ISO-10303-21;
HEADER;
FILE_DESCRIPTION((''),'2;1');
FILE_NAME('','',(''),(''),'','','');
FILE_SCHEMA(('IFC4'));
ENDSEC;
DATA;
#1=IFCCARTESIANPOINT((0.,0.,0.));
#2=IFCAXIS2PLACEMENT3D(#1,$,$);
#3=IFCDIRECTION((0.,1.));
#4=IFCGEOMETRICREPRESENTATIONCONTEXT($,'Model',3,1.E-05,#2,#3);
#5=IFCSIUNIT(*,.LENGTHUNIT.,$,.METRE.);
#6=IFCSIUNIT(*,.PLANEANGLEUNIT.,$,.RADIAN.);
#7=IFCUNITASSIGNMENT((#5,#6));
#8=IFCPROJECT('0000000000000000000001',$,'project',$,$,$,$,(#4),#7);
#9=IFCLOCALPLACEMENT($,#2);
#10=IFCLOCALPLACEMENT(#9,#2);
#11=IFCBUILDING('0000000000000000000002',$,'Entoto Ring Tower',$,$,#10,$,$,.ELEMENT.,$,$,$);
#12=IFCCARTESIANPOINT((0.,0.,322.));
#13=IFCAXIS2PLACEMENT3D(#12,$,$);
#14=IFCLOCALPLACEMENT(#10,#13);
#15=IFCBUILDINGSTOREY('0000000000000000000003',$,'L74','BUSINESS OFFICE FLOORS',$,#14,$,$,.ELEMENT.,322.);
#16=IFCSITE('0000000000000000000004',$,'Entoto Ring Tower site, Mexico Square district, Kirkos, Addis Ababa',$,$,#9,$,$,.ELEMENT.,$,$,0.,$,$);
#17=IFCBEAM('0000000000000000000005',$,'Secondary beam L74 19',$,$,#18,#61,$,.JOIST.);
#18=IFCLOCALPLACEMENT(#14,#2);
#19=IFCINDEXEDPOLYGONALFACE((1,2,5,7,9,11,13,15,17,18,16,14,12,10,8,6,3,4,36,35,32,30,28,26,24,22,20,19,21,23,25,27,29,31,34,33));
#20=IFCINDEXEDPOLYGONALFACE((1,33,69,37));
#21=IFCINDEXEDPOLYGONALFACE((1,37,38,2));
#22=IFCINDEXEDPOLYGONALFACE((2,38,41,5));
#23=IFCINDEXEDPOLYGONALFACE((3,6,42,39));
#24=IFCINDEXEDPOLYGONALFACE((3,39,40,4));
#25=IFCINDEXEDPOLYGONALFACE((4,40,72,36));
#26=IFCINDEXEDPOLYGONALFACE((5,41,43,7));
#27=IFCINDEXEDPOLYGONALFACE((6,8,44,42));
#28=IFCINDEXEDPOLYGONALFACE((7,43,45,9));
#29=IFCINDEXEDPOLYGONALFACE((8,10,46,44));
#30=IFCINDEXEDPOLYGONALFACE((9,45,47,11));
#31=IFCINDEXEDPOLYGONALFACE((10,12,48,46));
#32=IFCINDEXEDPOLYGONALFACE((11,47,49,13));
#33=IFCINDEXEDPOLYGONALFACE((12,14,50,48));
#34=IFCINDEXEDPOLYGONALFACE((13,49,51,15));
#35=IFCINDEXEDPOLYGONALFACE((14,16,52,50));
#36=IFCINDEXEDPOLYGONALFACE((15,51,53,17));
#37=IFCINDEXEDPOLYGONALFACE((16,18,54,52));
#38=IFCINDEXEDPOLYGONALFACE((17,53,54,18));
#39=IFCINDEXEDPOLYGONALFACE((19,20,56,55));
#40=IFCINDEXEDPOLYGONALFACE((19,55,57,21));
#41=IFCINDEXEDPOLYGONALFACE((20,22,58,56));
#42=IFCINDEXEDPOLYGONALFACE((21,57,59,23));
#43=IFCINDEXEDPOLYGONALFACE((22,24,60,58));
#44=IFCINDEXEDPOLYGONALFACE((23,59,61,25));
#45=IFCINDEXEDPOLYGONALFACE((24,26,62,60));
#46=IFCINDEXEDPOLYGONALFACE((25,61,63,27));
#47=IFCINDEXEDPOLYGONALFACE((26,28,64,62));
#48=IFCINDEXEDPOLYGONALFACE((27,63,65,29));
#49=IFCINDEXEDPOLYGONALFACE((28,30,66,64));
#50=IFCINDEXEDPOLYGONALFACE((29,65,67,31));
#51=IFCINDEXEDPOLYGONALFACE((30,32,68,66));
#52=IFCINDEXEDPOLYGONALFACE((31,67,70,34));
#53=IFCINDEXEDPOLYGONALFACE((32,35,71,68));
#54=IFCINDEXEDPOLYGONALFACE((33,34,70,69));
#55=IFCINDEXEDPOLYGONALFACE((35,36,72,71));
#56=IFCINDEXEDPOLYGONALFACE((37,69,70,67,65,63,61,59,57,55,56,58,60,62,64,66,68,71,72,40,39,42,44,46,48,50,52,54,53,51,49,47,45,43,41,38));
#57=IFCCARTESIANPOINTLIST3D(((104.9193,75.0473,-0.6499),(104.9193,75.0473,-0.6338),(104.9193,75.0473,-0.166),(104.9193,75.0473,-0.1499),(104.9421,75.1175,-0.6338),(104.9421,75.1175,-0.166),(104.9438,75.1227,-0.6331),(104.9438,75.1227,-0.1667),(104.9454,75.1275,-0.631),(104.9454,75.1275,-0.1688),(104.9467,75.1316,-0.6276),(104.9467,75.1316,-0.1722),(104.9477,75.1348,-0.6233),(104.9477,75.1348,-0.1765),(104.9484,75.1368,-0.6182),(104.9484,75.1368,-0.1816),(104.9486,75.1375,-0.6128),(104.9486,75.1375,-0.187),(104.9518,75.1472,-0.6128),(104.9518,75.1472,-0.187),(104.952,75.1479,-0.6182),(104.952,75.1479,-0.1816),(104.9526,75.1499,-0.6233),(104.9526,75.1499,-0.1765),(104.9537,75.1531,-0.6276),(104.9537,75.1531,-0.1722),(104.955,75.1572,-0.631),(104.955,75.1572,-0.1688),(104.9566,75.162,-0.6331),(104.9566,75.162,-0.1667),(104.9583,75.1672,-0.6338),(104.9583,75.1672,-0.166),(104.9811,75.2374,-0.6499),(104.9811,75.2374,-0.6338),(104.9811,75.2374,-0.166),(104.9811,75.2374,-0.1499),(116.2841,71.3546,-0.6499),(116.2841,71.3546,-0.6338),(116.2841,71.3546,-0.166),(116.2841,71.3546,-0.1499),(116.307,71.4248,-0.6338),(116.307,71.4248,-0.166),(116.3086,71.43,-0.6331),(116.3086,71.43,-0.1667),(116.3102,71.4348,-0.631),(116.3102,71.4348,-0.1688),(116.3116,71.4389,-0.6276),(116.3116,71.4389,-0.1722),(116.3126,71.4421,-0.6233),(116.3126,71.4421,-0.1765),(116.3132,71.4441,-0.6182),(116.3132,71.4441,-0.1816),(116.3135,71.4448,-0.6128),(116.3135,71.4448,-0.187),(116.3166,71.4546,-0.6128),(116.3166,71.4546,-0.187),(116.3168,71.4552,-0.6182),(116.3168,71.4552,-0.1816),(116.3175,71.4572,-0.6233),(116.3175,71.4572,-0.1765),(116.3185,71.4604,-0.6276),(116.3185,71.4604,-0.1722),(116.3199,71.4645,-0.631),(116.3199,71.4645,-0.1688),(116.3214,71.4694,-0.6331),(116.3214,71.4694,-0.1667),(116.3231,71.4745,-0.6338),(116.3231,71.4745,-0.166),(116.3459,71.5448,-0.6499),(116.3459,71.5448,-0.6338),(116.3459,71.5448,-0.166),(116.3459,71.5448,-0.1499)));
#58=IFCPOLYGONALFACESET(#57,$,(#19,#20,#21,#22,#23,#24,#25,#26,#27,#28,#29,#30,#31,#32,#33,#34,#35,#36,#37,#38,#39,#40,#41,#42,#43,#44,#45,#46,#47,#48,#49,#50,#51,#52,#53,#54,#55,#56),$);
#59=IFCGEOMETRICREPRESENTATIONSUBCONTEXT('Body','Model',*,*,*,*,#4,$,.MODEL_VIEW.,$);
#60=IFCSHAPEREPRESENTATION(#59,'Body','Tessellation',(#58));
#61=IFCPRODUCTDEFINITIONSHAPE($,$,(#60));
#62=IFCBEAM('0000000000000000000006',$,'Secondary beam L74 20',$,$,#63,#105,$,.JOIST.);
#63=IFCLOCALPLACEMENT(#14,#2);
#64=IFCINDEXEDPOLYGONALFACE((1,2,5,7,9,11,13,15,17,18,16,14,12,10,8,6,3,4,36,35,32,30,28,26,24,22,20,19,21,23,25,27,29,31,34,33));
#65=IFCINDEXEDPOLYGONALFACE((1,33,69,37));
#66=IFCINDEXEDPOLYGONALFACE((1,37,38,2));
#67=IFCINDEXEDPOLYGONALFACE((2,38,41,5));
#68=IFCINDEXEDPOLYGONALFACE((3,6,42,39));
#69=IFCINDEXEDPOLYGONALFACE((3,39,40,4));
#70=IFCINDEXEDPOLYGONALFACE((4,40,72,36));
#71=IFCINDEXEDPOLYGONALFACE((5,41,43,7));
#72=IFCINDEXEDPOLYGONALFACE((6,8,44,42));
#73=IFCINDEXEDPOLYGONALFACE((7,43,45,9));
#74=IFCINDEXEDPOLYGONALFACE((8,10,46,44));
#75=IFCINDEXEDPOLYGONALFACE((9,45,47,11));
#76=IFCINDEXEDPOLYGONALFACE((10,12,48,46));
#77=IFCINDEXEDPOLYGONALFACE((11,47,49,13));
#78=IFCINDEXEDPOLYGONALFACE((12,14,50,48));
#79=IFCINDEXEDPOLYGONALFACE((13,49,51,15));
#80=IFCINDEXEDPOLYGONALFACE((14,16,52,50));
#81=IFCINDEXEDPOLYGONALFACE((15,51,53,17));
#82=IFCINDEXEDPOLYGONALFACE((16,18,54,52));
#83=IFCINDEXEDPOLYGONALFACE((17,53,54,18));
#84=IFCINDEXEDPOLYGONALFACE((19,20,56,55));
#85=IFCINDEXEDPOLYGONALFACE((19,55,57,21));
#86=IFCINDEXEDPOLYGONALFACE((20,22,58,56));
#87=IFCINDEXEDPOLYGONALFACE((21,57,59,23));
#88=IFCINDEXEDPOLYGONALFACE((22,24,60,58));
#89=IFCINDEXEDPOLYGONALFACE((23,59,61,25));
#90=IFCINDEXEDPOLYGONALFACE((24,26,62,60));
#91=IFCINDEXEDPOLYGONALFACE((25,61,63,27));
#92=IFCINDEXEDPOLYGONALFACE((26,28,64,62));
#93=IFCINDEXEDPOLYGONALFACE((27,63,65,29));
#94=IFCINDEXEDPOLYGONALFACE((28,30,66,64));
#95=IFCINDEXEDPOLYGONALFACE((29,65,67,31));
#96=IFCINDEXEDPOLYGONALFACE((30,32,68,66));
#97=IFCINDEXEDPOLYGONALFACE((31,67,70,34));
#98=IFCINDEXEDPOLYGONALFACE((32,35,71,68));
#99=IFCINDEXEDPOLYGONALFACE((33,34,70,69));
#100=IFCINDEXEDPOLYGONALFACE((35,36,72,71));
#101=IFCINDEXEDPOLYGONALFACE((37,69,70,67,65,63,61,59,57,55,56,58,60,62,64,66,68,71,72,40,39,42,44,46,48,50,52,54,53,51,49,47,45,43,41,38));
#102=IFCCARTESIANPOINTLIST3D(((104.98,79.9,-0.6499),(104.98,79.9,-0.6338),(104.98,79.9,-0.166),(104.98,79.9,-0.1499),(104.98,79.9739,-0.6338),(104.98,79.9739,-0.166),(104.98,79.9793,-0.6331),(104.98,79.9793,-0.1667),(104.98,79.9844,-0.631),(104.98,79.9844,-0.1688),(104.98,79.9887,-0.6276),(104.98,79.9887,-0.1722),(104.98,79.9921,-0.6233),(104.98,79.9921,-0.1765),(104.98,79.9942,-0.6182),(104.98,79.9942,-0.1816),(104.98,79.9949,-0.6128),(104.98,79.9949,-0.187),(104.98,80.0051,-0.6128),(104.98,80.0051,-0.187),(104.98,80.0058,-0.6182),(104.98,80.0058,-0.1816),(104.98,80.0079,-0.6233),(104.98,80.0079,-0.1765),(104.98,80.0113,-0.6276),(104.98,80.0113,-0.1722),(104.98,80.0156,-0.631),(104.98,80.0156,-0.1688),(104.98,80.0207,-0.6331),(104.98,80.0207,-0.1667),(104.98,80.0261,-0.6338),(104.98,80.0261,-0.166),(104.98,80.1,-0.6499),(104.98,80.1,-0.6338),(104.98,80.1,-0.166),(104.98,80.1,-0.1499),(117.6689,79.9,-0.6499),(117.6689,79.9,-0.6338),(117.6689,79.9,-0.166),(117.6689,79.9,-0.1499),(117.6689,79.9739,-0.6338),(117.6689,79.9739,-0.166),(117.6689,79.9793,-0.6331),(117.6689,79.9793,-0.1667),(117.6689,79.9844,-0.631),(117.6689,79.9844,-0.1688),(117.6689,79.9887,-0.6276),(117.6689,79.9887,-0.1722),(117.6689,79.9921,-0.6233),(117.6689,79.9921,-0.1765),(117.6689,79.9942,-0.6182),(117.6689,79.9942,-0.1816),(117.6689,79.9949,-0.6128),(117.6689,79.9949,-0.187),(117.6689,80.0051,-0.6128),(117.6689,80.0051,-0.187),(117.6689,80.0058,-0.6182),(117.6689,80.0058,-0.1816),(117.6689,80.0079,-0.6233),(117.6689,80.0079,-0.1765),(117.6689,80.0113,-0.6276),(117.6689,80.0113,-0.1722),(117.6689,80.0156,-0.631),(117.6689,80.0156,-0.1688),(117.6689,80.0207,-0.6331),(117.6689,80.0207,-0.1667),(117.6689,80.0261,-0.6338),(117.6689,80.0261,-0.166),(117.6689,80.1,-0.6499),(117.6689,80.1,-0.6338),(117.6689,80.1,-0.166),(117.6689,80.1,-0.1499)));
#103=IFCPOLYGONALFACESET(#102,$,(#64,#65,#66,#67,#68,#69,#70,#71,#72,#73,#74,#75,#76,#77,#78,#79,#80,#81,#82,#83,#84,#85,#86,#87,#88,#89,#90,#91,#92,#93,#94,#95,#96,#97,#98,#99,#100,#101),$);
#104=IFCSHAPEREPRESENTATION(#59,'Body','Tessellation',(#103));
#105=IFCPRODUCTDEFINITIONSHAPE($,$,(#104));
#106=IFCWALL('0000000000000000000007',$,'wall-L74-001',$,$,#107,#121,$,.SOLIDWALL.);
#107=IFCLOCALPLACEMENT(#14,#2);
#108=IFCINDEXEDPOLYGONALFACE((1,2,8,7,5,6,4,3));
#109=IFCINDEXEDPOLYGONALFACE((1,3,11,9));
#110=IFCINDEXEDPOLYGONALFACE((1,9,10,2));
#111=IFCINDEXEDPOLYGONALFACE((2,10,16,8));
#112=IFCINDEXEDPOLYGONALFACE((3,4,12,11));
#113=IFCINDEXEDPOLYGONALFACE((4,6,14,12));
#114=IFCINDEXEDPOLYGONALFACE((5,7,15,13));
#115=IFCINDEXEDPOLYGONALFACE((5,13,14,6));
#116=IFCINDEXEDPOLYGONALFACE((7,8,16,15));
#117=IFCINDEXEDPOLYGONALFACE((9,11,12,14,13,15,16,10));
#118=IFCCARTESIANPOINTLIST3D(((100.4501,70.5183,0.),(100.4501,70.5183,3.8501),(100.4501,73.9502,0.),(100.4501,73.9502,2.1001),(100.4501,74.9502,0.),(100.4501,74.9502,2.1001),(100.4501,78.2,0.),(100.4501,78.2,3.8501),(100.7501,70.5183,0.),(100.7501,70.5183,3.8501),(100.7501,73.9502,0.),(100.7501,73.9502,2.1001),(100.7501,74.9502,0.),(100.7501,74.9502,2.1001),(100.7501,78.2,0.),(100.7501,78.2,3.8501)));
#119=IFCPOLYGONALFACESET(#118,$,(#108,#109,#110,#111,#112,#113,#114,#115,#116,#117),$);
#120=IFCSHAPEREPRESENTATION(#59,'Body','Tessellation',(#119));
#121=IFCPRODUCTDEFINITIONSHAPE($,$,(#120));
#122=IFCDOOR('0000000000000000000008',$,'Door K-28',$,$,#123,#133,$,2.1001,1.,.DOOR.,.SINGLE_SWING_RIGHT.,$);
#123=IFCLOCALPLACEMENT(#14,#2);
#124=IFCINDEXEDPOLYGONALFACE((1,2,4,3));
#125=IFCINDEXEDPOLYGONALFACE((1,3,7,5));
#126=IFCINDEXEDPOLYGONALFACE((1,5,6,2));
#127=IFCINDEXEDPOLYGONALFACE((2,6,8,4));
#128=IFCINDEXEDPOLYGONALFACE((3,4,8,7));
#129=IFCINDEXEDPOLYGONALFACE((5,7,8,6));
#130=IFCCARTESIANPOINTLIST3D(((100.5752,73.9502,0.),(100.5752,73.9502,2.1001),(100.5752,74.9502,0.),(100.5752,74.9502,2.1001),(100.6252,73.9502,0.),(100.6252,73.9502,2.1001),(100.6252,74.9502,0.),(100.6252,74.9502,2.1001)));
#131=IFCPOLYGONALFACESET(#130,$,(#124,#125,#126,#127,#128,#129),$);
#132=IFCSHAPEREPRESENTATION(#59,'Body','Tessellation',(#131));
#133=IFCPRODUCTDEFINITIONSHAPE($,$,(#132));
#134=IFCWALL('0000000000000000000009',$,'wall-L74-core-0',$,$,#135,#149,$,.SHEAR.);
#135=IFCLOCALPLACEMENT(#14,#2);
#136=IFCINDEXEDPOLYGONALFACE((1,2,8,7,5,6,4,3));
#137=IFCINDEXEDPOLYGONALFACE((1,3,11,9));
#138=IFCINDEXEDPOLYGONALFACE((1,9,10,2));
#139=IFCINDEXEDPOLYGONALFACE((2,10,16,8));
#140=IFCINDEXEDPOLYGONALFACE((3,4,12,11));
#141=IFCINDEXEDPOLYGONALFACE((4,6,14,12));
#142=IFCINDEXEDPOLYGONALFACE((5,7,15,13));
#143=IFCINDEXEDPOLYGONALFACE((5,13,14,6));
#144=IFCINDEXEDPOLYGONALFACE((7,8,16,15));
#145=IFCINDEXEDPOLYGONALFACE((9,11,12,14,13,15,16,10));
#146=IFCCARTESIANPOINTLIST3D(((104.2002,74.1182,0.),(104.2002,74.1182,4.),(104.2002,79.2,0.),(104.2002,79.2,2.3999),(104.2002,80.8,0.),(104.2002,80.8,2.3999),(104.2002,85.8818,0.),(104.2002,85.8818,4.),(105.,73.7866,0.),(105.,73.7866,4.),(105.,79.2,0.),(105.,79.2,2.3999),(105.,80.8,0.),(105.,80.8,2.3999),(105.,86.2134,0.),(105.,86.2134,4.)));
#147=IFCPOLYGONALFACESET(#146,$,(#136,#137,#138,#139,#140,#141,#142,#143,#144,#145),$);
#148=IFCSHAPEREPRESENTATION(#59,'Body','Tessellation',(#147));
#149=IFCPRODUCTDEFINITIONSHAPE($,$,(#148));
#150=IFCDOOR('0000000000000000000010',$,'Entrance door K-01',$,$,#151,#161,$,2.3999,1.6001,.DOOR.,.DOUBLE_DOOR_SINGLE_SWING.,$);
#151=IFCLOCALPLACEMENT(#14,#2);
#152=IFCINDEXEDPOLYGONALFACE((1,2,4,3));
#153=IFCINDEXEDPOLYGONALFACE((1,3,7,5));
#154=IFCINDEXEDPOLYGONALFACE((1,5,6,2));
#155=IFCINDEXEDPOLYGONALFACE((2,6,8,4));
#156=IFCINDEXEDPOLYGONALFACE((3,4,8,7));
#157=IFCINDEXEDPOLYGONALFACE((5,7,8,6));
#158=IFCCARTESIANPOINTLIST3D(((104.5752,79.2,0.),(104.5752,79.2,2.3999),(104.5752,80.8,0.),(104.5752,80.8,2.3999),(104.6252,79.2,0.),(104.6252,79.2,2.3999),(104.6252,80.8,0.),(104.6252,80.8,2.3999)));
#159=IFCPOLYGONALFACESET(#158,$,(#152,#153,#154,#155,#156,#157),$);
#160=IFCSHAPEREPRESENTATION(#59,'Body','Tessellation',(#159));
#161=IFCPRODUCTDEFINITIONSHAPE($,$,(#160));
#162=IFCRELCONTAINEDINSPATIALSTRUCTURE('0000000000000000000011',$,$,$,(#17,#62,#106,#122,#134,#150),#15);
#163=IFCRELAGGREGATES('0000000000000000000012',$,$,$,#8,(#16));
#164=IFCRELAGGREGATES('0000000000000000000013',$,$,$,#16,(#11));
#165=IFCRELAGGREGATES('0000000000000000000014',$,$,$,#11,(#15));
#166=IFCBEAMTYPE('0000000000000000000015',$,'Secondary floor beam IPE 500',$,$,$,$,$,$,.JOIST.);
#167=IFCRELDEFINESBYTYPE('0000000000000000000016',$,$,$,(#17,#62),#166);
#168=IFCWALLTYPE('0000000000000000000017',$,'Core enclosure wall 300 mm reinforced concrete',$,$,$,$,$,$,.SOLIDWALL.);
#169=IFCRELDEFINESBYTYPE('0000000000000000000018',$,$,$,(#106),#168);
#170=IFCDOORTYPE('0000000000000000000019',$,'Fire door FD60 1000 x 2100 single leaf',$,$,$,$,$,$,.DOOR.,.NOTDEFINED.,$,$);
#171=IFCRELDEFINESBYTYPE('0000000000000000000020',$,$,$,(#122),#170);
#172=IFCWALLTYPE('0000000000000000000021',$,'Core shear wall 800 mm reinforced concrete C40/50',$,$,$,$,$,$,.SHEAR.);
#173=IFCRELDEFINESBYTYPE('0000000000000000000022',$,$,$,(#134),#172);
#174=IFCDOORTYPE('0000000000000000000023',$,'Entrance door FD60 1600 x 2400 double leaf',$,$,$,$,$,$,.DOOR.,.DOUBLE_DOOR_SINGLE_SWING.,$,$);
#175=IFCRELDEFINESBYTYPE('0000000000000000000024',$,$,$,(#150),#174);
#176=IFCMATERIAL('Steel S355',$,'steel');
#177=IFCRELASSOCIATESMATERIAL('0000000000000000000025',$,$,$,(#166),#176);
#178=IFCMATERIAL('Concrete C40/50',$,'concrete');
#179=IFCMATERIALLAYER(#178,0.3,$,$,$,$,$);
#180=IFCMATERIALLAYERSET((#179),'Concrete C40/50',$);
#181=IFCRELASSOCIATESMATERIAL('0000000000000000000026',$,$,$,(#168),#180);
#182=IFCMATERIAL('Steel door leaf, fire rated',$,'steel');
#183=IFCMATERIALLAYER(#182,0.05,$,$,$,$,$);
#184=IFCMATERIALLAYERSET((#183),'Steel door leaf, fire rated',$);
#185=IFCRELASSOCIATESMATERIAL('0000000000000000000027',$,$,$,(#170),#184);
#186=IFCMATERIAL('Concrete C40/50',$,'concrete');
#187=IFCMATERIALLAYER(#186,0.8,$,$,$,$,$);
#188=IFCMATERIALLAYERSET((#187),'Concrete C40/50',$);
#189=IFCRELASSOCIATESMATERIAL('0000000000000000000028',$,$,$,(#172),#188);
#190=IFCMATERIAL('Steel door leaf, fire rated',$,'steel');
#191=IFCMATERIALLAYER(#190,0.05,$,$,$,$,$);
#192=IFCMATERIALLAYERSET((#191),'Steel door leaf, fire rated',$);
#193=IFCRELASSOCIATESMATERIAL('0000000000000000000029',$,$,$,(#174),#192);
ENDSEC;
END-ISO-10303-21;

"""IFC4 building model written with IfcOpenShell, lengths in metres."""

from ifc_helpers import new_model, si_unit, direction, frame, frame_2d, origin, origin_2d, place, context, subcontext, project, spatial, polyline, rectangle, i_section, outline, extrude, material, layer, layer_set, material_profile, profile_set, type_object, element, fill, save


model = new_model("IFC4")

# Units and contexts
model_context = context("Model", 3, precision=1e-05, world=origin(), true_north=direction((0.0, 1.0)))
body_context = subcontext(model_context, "Body", "Model", "MODEL_VIEW")
ifc_project = project(units=[si_unit("LENGTHUNIT", "METRE"), si_unit("PLANEANGLEUNIT", "RADIAN")], contexts=[model_context])

# Site, building, storey
site_placement = place(None, origin())
site = spatial("IfcSite", under=ifc_project, at=site_placement, Name="Entoto Ring Tower site, Mexico Square district, Kirkos, Addis Ababa", CompositionType="ELEMENT", RefElevation=0.0)
building_placement = place(site_placement, origin())
building = spatial("IfcBuilding", under=site, at=building_placement, Name="Entoto Ring Tower", CompositionType="ELEMENT")
storey_placement = place(building_placement, frame((0.0, 0.0, 322.0)))
storey = spatial("IfcBuildingStorey", under=building, at=storey_placement, Name="L74", Description="BUSINESS OFFICE FLOORS", CompositionType="ELEMENT", Elevation=322.0)

# Beams
ifc_material_1 = material(Name="Steel S355", Category="steel")
ifc_material_profile_1 = material_profile(ifc_material_1, i_section(OverallWidth=0.2, OverallDepth=0.5, WebThickness=0.0103, FlangeThickness=0.0161, FilletRadius=0.021, at=origin_2d()), Name="IPE 500")
ifc_profile_set_1 = profile_set([ifc_material_profile_1], Name="Steel S355")
beam_type_1 = type_object("IfcBeamType", Name="Secondary floor beam IPE 500", PredefinedType="JOIST", material=ifc_profile_set_1)
beam_1_placement = place(storey_placement, frame((104.9502, 75.1423, -0.3999), z_axis=(0.951057, -0.309017, 0.0), x_axis=(0.309017, 0.951057, 0.0)))
element("IfcBeam", 1, at=beam_1_placement, inside=storey, type_object=beam_type_1, Name="Secondary beam L74 19", PredefinedType="JOIST", context=body_context, shape_type="SweptSolid", body=[
    extrude(i_section(OverallWidth=0.2, OverallDepth=0.5, WebThickness=0.0103, FlangeThickness=0.0161, FilletRadius=0.021, at=origin_2d()), origin(), (0.0, 0.0, 1.0), 11.9497),
])
beam_2_placement = place(storey_placement, frame((104.98, 80.0, -0.3999), z_axis=(1.0, 0.0, 0.0), x_axis=(0.0, 1.0, 0.0)))
element("IfcBeam", 2, at=beam_2_placement, inside=storey, type_object=beam_type_1, Name="Secondary beam L74 20", PredefinedType="JOIST", context=body_context, shape_type="SweptSolid", body=[
    extrude(i_section(OverallWidth=0.2, OverallDepth=0.5, WebThickness=0.0103, FlangeThickness=0.0161, FilletRadius=0.021, at=origin_2d()), origin(), (0.0, 0.0, 1.0), 12.689),
])

# Walls, openings, doors
ifc_material_2 = material(Name="Concrete C40/50", Category="concrete")
ifc_layer_1 = layer(ifc_material_2, 0.3)
ifc_layer_set_1 = layer_set([ifc_layer_1], Name="Concrete C40/50")
wall_type_1 = type_object("IfcWallType", Name="Core enclosure wall 300 mm reinforced concrete", PredefinedType="SOLIDWALL", material=ifc_layer_set_1)
wall_1_placement = place(storey_placement, frame((100.6001, 70.5183, 0.0), z_axis=(0.0, 0.0, 1.0), x_axis=(0.0, 1.0, 0.0)))
wall_1 = element("IfcWall", 3, at=wall_1_placement, inside=storey, type_object=wall_type_1, Name="wall-L74-001", PredefinedType="SOLIDWALL", context=body_context, shape_type="SweptSolid", body=[
    extrude(rectangle(XDim=7.6816, YDim=0.3, at=frame_2d((3.8408, 0.0))), origin(), (0.0, 0.0, 1.0), 3.8501),
])
opening_1_placement = place(wall_1_placement, frame((3.4319, 0.0, 0.0)))
opening_1 = element("IfcOpeningElement", 4, at=opening_1_placement, cuts=wall_1, PredefinedType="OPENING", context=body_context, shape_type="SweptSolid", body=[
    extrude(rectangle(XDim=1.0, YDim=2.1001, at=frame_2d((0.5, 1.05))), frame((0.0, 0.1602, 0.0), z_axis=(0.0, -1.0, 0.0), x_axis=(1.0, 0.0, 0.0)), (0.0, 0.0, 1.0), 0.3201),
])
ifc_material_3 = material(Name="Steel door leaf, fire rated", Category="steel")
ifc_layer_2 = layer(ifc_material_3, 0.05)
ifc_layer_set_2 = layer_set([ifc_layer_2], Name="Steel door leaf, fire rated")
door_type_1 = type_object("IfcDoorType", Name="Fire door FD60 1000 x 2100 single leaf", OperationType="NOTDEFINED", PredefinedType="DOOR", material=ifc_layer_set_2)
door_1_placement = place(opening_1_placement, origin())
door_1 = element("IfcDoor", 5, at=door_1_placement, inside=storey, type_object=door_type_1, Name="Door K-28", OperationType="SINGLE_SWING_RIGHT", OverallHeight=2.1001, OverallWidth=1.0, PredefinedType="DOOR", context=body_context, shape_type="SweptSolid", body=[
    extrude(rectangle(XDim=1.0, YDim=2.1001, at=frame_2d((0.5, 1.05))), frame((0.0, 0.0249, 0.0), z_axis=(0.0, -1.0, 0.0), x_axis=(1.0, 0.0, 0.0)), (0.0, 0.0, 1.0), 0.05),
])
fill(opening_1, door_1)
ifc_material_4 = material(Name="Concrete C40/50", Category="concrete")
ifc_layer_3 = layer(ifc_material_4, 0.8)
ifc_layer_set_3 = layer_set([ifc_layer_3], Name="Concrete C40/50")
wall_type_2 = type_object("IfcWallType", Name="Core shear wall 800 mm reinforced concrete C40/50", PredefinedType="SHEAR", material=ifc_layer_set_3)
wall_2_placement = place(storey_placement, frame((104.6001, 73.9524, 0.0), z_axis=(0.0, 0.0, 1.0), x_axis=(0.0, 1.0, 0.0)))
wall_2 = element("IfcWall", 6, at=wall_2_placement, inside=storey, type_object=wall_type_2, Name="wall-L74-core-0", PredefinedType="SHEAR", context=body_context, shape_type="SweptSolid", body=[
    extrude(outline(polyline([(-0.1658, -0.3999), (12.261, -0.3999), (11.9294, 0.3999), (0.1658, 0.3999), (-0.1658, -0.3999)])), origin(), (0.0, 0.0, 1.0), 4.0),
])
opening_2_placement = place(wall_2_placement, frame((5.2476, 0.0, 0.0)))
opening_2 = element("IfcOpeningElement", 7, at=opening_2_placement, cuts=wall_2, PredefinedType="OPENING", context=body_context, shape_type="SweptSolid", body=[
    extrude(rectangle(XDim=1.6001, YDim=2.3999, at=frame_2d((0.8, 1.2))), frame((0.0, 0.4102, 0.0), z_axis=(0.0, -1.0, 0.0), x_axis=(1.0, 0.0, 0.0)), (0.0, 0.0, 1.0), 0.8201),
])
ifc_material_5 = material(Name="Steel door leaf, fire rated", Category="steel")
ifc_layer_4 = layer(ifc_material_5, 0.05)
ifc_layer_set_4 = layer_set([ifc_layer_4], Name="Steel door leaf, fire rated")
door_type_2 = type_object("IfcDoorType", Name="Entrance door FD60 1600 x 2400 double leaf", OperationType="DOUBLE_DOOR_SINGLE_SWING", PredefinedType="DOOR", material=ifc_layer_set_4)
door_2_placement = place(opening_2_placement, origin())
door_2 = element("IfcDoor", 8, at=door_2_placement, inside=storey, type_object=door_type_2, Name="Entrance door K-01", OperationType="DOUBLE_DOOR_SINGLE_SWING", OverallHeight=2.3999, OverallWidth=1.6001, PredefinedType="DOOR", context=body_context, shape_type="SweptSolid", body=[
    extrude(rectangle(XDim=1.6001, YDim=2.3999, at=frame_2d((0.8, 1.2))), frame((0.0, 0.0249, 0.0), z_axis=(0.0, -1.0, 0.0), x_axis=(1.0, 0.0, 0.0)), (0.0, 0.0, 1.0), 0.05),
])
fill(opening_2, door_2)

save(model, "model.ifc")
